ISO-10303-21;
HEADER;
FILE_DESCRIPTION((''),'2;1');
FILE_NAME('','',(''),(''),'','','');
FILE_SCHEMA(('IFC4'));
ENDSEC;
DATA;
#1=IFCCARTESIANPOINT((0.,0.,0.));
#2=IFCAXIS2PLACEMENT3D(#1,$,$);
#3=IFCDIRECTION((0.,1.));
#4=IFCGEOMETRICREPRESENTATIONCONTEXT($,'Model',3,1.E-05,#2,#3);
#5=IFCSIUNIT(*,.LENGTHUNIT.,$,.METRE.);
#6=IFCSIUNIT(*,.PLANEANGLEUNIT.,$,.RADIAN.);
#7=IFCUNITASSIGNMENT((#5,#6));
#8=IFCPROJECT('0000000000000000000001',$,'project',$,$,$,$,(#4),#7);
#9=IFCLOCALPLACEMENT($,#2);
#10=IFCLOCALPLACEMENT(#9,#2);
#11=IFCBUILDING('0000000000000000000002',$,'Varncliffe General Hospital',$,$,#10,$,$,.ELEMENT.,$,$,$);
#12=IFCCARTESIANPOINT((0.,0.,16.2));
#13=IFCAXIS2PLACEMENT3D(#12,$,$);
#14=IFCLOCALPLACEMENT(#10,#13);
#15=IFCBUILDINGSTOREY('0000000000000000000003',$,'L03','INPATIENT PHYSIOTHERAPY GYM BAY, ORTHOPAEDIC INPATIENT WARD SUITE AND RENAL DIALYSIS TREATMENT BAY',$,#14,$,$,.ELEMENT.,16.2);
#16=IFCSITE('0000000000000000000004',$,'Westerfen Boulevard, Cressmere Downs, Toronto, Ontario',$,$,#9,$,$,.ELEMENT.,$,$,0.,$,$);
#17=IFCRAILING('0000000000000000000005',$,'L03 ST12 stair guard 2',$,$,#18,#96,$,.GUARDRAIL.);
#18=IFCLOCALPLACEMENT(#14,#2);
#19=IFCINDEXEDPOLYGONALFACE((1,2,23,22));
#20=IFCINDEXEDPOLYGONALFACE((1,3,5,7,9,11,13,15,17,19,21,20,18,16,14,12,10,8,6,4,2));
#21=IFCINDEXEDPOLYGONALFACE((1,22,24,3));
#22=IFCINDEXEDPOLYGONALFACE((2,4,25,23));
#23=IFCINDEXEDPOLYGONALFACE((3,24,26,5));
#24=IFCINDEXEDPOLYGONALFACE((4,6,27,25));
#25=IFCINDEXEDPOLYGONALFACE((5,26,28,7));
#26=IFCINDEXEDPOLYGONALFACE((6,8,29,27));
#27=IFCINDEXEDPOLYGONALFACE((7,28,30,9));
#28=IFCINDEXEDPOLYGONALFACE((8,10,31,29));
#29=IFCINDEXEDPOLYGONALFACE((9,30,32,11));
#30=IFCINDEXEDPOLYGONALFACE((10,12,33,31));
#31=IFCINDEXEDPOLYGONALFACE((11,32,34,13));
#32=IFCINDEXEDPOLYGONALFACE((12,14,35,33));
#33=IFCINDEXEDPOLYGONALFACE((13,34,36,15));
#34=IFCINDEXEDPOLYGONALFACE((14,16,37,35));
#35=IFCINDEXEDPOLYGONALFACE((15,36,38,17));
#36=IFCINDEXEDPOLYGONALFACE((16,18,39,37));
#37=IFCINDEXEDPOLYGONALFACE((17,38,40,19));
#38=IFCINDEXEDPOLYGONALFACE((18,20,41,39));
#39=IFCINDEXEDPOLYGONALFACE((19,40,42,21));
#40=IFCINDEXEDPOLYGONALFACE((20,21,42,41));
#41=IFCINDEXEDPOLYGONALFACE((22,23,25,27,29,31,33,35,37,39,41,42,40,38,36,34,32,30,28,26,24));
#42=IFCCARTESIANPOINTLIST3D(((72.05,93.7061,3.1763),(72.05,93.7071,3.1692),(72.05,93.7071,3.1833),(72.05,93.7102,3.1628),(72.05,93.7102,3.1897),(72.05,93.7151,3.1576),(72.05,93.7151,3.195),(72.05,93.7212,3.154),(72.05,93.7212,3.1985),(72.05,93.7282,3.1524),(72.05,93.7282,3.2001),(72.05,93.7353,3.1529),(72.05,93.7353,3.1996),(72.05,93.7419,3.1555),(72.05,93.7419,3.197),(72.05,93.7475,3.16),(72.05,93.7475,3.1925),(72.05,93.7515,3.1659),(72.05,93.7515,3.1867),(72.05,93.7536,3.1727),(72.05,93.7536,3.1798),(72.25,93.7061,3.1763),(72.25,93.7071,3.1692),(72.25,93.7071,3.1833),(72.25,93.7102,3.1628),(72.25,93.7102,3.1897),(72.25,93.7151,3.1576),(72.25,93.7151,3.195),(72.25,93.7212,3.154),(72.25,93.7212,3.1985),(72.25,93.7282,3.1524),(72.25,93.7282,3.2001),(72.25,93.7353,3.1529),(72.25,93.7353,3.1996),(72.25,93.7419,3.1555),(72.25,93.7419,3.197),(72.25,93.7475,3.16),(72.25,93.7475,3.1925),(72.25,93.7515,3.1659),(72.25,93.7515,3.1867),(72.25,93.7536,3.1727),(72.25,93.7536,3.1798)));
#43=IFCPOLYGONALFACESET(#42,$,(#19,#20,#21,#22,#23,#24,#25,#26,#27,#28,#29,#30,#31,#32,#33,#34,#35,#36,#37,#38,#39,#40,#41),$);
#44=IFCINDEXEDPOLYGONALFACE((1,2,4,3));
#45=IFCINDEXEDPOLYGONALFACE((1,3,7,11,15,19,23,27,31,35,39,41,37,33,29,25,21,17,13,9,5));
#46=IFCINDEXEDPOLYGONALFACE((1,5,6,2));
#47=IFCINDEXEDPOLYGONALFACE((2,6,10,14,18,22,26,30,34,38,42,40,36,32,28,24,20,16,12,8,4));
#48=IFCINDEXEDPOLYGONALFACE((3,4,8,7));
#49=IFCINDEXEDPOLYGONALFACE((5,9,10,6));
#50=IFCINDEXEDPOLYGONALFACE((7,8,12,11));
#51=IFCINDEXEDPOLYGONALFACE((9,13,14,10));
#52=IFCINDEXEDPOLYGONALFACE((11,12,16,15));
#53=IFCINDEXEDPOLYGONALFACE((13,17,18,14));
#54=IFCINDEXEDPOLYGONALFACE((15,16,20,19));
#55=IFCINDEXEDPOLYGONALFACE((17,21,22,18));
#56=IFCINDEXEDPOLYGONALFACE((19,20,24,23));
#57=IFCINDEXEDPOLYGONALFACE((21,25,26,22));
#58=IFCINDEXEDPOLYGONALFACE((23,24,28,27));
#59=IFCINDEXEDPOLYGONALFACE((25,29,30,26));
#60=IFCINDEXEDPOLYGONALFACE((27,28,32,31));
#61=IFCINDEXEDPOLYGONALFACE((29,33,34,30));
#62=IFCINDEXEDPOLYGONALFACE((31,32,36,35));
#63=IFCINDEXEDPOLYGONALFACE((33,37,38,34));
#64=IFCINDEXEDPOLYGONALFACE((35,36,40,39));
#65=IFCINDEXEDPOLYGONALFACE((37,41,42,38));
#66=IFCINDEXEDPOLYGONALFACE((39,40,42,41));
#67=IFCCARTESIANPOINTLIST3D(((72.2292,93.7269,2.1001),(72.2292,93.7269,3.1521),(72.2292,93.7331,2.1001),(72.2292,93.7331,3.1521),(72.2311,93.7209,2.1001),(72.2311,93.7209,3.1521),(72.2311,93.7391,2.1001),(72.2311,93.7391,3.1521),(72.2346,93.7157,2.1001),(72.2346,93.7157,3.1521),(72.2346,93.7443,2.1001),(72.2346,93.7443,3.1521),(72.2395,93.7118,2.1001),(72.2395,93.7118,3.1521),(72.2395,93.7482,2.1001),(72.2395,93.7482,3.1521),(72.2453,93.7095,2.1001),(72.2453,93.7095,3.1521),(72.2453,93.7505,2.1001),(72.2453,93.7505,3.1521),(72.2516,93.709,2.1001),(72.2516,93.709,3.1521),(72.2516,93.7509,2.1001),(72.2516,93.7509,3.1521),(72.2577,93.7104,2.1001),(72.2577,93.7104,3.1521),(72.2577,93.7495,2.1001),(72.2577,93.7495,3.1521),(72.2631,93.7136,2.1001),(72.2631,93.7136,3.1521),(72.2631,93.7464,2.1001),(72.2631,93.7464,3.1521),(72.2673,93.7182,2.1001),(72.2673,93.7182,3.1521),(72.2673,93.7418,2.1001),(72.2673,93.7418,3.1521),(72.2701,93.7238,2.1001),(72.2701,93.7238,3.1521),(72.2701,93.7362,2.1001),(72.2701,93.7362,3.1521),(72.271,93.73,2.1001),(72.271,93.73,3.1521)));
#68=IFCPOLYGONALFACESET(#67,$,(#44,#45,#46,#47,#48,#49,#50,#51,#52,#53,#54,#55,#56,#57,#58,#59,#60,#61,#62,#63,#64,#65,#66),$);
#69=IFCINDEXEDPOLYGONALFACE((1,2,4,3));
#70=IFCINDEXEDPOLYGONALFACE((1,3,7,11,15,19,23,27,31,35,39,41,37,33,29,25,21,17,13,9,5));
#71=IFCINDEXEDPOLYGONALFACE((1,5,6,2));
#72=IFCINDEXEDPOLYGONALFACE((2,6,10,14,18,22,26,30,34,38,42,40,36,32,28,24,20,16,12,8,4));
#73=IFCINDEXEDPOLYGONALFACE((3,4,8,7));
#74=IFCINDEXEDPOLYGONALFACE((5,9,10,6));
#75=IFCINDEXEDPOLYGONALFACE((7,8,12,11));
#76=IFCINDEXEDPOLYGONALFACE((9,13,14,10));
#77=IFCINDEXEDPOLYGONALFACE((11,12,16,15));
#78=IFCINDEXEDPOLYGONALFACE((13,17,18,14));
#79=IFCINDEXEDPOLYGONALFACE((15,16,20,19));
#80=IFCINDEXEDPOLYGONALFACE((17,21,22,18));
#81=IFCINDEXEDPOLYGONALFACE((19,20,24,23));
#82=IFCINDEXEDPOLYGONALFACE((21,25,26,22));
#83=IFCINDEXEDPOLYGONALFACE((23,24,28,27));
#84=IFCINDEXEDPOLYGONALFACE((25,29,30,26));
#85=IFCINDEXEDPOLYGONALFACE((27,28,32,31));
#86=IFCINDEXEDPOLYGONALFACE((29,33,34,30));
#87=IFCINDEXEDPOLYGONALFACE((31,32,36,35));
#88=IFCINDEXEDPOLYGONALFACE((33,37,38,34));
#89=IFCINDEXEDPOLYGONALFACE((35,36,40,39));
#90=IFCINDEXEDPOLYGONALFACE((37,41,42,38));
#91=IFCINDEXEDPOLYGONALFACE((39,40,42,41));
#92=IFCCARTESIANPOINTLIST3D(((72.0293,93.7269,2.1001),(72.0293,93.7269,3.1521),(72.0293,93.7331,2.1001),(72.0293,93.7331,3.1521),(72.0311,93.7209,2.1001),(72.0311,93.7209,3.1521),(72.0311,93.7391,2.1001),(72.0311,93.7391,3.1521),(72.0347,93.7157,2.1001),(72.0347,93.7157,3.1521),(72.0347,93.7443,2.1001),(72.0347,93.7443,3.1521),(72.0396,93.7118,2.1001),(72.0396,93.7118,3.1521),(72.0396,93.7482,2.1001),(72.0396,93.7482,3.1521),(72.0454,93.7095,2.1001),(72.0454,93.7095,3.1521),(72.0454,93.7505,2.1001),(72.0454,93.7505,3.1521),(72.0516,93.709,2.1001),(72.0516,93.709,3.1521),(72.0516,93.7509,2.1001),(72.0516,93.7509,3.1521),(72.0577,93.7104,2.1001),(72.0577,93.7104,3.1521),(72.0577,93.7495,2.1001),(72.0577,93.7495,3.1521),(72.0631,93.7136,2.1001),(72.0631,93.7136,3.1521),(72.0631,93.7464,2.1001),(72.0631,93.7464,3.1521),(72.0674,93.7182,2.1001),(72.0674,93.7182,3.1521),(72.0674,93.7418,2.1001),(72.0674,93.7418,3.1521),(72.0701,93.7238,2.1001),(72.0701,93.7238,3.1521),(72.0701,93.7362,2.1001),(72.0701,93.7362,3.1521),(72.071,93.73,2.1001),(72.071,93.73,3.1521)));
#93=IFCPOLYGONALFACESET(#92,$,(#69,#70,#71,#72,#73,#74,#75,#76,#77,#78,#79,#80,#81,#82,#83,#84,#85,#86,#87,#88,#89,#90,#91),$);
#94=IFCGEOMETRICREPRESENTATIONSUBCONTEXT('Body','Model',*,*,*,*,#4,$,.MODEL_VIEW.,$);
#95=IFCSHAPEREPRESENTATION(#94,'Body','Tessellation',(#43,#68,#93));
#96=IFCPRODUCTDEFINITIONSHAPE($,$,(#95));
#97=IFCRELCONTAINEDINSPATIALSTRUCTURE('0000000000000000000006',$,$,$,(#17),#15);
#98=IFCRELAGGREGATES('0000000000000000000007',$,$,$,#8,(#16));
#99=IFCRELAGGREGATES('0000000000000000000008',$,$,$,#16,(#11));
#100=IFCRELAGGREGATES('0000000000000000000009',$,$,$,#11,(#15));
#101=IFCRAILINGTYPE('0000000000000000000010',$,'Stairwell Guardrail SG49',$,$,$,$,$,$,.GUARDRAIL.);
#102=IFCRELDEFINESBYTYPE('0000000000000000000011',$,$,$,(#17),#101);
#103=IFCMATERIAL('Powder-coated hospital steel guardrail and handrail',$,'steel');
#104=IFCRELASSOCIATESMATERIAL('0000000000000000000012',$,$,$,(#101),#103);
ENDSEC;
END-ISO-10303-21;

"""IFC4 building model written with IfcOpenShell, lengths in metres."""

from ifc_helpers import new_model, si_unit, direction, frame, origin, origin_2d, place, context, subcontext, project, spatial, circle, extrude, material, type_object, element, save


model = new_model("IFC4")

# Units and contexts
model_context = context("Model", 3, precision=1e-05, world=origin(), true_north=direction((0.0, 1.0)))
body_context = subcontext(model_context, "Body", "Model", "MODEL_VIEW")
ifc_project = project(units=[si_unit("LENGTHUNIT", "METRE"), si_unit("PLANEANGLEUNIT", "RADIAN")], contexts=[model_context])

# Site, building, storey
site_placement = place(None, origin())
site = spatial("IfcSite", under=ifc_project, at=site_placement, Name="Westerfen Boulevard, Cressmere Downs, Toronto, Ontario", CompositionType="ELEMENT", RefElevation=0.0)
building_placement = place(site_placement, origin())
building = spatial("IfcBuilding", under=site, at=building_placement, Name="Varncliffe General Hospital", CompositionType="ELEMENT")
storey_placement = place(building_placement, frame((0.0, 0.0, 16.2)))
storey = spatial("IfcBuildingStorey", under=building, at=storey_placement, Name="L03", Description="INPATIENT PHYSIOTHERAPY GYM BAY, ORTHOPAEDIC INPATIENT WARD SUITE AND RENAL DIALYSIS TREATMENT BAY", CompositionType="ELEMENT", Elevation=16.2)

# Railing
ifc_material_1 = material(Name="Powder-coated hospital steel guardrail and handrail", Category="steel")
railing_type_1 = type_object("IfcRailingType", Name="Stairwell Guardrail SG49", PredefinedType="GUARDRAIL", material=ifc_material_1)
railing_1_placement = place(storey_placement, frame((72.25, 93.73, 2.1001)))
element("IfcRailing", 1, at=railing_1_placement, inside=storey, type_object=railing_type_1, Name="L03 ST12 stair guard 2", PredefinedType="GUARDRAIL", context=body_context, shape_type="SweptSolid", body=[
    extrude(circle(Radius=0.0239, at=origin_2d()), frame((0.0, 0.0, 1.0762), z_axis=(-1.0, 0.0, 0.0), x_axis=(0.0, -1.0, 0.0)), (0.0, 0.0, 1.0), 0.2),
    extrude(circle(Radius=0.021, at=origin_2d()), origin(), (0.0, 0.0, 1.0), 1.052),
    extrude(circle(Radius=0.021, at=origin_2d()), frame((-0.2, 0.0, 0.0)), (0.0, 0.0, 1.0), 1.052),
])

save(model, "model.ifc")
